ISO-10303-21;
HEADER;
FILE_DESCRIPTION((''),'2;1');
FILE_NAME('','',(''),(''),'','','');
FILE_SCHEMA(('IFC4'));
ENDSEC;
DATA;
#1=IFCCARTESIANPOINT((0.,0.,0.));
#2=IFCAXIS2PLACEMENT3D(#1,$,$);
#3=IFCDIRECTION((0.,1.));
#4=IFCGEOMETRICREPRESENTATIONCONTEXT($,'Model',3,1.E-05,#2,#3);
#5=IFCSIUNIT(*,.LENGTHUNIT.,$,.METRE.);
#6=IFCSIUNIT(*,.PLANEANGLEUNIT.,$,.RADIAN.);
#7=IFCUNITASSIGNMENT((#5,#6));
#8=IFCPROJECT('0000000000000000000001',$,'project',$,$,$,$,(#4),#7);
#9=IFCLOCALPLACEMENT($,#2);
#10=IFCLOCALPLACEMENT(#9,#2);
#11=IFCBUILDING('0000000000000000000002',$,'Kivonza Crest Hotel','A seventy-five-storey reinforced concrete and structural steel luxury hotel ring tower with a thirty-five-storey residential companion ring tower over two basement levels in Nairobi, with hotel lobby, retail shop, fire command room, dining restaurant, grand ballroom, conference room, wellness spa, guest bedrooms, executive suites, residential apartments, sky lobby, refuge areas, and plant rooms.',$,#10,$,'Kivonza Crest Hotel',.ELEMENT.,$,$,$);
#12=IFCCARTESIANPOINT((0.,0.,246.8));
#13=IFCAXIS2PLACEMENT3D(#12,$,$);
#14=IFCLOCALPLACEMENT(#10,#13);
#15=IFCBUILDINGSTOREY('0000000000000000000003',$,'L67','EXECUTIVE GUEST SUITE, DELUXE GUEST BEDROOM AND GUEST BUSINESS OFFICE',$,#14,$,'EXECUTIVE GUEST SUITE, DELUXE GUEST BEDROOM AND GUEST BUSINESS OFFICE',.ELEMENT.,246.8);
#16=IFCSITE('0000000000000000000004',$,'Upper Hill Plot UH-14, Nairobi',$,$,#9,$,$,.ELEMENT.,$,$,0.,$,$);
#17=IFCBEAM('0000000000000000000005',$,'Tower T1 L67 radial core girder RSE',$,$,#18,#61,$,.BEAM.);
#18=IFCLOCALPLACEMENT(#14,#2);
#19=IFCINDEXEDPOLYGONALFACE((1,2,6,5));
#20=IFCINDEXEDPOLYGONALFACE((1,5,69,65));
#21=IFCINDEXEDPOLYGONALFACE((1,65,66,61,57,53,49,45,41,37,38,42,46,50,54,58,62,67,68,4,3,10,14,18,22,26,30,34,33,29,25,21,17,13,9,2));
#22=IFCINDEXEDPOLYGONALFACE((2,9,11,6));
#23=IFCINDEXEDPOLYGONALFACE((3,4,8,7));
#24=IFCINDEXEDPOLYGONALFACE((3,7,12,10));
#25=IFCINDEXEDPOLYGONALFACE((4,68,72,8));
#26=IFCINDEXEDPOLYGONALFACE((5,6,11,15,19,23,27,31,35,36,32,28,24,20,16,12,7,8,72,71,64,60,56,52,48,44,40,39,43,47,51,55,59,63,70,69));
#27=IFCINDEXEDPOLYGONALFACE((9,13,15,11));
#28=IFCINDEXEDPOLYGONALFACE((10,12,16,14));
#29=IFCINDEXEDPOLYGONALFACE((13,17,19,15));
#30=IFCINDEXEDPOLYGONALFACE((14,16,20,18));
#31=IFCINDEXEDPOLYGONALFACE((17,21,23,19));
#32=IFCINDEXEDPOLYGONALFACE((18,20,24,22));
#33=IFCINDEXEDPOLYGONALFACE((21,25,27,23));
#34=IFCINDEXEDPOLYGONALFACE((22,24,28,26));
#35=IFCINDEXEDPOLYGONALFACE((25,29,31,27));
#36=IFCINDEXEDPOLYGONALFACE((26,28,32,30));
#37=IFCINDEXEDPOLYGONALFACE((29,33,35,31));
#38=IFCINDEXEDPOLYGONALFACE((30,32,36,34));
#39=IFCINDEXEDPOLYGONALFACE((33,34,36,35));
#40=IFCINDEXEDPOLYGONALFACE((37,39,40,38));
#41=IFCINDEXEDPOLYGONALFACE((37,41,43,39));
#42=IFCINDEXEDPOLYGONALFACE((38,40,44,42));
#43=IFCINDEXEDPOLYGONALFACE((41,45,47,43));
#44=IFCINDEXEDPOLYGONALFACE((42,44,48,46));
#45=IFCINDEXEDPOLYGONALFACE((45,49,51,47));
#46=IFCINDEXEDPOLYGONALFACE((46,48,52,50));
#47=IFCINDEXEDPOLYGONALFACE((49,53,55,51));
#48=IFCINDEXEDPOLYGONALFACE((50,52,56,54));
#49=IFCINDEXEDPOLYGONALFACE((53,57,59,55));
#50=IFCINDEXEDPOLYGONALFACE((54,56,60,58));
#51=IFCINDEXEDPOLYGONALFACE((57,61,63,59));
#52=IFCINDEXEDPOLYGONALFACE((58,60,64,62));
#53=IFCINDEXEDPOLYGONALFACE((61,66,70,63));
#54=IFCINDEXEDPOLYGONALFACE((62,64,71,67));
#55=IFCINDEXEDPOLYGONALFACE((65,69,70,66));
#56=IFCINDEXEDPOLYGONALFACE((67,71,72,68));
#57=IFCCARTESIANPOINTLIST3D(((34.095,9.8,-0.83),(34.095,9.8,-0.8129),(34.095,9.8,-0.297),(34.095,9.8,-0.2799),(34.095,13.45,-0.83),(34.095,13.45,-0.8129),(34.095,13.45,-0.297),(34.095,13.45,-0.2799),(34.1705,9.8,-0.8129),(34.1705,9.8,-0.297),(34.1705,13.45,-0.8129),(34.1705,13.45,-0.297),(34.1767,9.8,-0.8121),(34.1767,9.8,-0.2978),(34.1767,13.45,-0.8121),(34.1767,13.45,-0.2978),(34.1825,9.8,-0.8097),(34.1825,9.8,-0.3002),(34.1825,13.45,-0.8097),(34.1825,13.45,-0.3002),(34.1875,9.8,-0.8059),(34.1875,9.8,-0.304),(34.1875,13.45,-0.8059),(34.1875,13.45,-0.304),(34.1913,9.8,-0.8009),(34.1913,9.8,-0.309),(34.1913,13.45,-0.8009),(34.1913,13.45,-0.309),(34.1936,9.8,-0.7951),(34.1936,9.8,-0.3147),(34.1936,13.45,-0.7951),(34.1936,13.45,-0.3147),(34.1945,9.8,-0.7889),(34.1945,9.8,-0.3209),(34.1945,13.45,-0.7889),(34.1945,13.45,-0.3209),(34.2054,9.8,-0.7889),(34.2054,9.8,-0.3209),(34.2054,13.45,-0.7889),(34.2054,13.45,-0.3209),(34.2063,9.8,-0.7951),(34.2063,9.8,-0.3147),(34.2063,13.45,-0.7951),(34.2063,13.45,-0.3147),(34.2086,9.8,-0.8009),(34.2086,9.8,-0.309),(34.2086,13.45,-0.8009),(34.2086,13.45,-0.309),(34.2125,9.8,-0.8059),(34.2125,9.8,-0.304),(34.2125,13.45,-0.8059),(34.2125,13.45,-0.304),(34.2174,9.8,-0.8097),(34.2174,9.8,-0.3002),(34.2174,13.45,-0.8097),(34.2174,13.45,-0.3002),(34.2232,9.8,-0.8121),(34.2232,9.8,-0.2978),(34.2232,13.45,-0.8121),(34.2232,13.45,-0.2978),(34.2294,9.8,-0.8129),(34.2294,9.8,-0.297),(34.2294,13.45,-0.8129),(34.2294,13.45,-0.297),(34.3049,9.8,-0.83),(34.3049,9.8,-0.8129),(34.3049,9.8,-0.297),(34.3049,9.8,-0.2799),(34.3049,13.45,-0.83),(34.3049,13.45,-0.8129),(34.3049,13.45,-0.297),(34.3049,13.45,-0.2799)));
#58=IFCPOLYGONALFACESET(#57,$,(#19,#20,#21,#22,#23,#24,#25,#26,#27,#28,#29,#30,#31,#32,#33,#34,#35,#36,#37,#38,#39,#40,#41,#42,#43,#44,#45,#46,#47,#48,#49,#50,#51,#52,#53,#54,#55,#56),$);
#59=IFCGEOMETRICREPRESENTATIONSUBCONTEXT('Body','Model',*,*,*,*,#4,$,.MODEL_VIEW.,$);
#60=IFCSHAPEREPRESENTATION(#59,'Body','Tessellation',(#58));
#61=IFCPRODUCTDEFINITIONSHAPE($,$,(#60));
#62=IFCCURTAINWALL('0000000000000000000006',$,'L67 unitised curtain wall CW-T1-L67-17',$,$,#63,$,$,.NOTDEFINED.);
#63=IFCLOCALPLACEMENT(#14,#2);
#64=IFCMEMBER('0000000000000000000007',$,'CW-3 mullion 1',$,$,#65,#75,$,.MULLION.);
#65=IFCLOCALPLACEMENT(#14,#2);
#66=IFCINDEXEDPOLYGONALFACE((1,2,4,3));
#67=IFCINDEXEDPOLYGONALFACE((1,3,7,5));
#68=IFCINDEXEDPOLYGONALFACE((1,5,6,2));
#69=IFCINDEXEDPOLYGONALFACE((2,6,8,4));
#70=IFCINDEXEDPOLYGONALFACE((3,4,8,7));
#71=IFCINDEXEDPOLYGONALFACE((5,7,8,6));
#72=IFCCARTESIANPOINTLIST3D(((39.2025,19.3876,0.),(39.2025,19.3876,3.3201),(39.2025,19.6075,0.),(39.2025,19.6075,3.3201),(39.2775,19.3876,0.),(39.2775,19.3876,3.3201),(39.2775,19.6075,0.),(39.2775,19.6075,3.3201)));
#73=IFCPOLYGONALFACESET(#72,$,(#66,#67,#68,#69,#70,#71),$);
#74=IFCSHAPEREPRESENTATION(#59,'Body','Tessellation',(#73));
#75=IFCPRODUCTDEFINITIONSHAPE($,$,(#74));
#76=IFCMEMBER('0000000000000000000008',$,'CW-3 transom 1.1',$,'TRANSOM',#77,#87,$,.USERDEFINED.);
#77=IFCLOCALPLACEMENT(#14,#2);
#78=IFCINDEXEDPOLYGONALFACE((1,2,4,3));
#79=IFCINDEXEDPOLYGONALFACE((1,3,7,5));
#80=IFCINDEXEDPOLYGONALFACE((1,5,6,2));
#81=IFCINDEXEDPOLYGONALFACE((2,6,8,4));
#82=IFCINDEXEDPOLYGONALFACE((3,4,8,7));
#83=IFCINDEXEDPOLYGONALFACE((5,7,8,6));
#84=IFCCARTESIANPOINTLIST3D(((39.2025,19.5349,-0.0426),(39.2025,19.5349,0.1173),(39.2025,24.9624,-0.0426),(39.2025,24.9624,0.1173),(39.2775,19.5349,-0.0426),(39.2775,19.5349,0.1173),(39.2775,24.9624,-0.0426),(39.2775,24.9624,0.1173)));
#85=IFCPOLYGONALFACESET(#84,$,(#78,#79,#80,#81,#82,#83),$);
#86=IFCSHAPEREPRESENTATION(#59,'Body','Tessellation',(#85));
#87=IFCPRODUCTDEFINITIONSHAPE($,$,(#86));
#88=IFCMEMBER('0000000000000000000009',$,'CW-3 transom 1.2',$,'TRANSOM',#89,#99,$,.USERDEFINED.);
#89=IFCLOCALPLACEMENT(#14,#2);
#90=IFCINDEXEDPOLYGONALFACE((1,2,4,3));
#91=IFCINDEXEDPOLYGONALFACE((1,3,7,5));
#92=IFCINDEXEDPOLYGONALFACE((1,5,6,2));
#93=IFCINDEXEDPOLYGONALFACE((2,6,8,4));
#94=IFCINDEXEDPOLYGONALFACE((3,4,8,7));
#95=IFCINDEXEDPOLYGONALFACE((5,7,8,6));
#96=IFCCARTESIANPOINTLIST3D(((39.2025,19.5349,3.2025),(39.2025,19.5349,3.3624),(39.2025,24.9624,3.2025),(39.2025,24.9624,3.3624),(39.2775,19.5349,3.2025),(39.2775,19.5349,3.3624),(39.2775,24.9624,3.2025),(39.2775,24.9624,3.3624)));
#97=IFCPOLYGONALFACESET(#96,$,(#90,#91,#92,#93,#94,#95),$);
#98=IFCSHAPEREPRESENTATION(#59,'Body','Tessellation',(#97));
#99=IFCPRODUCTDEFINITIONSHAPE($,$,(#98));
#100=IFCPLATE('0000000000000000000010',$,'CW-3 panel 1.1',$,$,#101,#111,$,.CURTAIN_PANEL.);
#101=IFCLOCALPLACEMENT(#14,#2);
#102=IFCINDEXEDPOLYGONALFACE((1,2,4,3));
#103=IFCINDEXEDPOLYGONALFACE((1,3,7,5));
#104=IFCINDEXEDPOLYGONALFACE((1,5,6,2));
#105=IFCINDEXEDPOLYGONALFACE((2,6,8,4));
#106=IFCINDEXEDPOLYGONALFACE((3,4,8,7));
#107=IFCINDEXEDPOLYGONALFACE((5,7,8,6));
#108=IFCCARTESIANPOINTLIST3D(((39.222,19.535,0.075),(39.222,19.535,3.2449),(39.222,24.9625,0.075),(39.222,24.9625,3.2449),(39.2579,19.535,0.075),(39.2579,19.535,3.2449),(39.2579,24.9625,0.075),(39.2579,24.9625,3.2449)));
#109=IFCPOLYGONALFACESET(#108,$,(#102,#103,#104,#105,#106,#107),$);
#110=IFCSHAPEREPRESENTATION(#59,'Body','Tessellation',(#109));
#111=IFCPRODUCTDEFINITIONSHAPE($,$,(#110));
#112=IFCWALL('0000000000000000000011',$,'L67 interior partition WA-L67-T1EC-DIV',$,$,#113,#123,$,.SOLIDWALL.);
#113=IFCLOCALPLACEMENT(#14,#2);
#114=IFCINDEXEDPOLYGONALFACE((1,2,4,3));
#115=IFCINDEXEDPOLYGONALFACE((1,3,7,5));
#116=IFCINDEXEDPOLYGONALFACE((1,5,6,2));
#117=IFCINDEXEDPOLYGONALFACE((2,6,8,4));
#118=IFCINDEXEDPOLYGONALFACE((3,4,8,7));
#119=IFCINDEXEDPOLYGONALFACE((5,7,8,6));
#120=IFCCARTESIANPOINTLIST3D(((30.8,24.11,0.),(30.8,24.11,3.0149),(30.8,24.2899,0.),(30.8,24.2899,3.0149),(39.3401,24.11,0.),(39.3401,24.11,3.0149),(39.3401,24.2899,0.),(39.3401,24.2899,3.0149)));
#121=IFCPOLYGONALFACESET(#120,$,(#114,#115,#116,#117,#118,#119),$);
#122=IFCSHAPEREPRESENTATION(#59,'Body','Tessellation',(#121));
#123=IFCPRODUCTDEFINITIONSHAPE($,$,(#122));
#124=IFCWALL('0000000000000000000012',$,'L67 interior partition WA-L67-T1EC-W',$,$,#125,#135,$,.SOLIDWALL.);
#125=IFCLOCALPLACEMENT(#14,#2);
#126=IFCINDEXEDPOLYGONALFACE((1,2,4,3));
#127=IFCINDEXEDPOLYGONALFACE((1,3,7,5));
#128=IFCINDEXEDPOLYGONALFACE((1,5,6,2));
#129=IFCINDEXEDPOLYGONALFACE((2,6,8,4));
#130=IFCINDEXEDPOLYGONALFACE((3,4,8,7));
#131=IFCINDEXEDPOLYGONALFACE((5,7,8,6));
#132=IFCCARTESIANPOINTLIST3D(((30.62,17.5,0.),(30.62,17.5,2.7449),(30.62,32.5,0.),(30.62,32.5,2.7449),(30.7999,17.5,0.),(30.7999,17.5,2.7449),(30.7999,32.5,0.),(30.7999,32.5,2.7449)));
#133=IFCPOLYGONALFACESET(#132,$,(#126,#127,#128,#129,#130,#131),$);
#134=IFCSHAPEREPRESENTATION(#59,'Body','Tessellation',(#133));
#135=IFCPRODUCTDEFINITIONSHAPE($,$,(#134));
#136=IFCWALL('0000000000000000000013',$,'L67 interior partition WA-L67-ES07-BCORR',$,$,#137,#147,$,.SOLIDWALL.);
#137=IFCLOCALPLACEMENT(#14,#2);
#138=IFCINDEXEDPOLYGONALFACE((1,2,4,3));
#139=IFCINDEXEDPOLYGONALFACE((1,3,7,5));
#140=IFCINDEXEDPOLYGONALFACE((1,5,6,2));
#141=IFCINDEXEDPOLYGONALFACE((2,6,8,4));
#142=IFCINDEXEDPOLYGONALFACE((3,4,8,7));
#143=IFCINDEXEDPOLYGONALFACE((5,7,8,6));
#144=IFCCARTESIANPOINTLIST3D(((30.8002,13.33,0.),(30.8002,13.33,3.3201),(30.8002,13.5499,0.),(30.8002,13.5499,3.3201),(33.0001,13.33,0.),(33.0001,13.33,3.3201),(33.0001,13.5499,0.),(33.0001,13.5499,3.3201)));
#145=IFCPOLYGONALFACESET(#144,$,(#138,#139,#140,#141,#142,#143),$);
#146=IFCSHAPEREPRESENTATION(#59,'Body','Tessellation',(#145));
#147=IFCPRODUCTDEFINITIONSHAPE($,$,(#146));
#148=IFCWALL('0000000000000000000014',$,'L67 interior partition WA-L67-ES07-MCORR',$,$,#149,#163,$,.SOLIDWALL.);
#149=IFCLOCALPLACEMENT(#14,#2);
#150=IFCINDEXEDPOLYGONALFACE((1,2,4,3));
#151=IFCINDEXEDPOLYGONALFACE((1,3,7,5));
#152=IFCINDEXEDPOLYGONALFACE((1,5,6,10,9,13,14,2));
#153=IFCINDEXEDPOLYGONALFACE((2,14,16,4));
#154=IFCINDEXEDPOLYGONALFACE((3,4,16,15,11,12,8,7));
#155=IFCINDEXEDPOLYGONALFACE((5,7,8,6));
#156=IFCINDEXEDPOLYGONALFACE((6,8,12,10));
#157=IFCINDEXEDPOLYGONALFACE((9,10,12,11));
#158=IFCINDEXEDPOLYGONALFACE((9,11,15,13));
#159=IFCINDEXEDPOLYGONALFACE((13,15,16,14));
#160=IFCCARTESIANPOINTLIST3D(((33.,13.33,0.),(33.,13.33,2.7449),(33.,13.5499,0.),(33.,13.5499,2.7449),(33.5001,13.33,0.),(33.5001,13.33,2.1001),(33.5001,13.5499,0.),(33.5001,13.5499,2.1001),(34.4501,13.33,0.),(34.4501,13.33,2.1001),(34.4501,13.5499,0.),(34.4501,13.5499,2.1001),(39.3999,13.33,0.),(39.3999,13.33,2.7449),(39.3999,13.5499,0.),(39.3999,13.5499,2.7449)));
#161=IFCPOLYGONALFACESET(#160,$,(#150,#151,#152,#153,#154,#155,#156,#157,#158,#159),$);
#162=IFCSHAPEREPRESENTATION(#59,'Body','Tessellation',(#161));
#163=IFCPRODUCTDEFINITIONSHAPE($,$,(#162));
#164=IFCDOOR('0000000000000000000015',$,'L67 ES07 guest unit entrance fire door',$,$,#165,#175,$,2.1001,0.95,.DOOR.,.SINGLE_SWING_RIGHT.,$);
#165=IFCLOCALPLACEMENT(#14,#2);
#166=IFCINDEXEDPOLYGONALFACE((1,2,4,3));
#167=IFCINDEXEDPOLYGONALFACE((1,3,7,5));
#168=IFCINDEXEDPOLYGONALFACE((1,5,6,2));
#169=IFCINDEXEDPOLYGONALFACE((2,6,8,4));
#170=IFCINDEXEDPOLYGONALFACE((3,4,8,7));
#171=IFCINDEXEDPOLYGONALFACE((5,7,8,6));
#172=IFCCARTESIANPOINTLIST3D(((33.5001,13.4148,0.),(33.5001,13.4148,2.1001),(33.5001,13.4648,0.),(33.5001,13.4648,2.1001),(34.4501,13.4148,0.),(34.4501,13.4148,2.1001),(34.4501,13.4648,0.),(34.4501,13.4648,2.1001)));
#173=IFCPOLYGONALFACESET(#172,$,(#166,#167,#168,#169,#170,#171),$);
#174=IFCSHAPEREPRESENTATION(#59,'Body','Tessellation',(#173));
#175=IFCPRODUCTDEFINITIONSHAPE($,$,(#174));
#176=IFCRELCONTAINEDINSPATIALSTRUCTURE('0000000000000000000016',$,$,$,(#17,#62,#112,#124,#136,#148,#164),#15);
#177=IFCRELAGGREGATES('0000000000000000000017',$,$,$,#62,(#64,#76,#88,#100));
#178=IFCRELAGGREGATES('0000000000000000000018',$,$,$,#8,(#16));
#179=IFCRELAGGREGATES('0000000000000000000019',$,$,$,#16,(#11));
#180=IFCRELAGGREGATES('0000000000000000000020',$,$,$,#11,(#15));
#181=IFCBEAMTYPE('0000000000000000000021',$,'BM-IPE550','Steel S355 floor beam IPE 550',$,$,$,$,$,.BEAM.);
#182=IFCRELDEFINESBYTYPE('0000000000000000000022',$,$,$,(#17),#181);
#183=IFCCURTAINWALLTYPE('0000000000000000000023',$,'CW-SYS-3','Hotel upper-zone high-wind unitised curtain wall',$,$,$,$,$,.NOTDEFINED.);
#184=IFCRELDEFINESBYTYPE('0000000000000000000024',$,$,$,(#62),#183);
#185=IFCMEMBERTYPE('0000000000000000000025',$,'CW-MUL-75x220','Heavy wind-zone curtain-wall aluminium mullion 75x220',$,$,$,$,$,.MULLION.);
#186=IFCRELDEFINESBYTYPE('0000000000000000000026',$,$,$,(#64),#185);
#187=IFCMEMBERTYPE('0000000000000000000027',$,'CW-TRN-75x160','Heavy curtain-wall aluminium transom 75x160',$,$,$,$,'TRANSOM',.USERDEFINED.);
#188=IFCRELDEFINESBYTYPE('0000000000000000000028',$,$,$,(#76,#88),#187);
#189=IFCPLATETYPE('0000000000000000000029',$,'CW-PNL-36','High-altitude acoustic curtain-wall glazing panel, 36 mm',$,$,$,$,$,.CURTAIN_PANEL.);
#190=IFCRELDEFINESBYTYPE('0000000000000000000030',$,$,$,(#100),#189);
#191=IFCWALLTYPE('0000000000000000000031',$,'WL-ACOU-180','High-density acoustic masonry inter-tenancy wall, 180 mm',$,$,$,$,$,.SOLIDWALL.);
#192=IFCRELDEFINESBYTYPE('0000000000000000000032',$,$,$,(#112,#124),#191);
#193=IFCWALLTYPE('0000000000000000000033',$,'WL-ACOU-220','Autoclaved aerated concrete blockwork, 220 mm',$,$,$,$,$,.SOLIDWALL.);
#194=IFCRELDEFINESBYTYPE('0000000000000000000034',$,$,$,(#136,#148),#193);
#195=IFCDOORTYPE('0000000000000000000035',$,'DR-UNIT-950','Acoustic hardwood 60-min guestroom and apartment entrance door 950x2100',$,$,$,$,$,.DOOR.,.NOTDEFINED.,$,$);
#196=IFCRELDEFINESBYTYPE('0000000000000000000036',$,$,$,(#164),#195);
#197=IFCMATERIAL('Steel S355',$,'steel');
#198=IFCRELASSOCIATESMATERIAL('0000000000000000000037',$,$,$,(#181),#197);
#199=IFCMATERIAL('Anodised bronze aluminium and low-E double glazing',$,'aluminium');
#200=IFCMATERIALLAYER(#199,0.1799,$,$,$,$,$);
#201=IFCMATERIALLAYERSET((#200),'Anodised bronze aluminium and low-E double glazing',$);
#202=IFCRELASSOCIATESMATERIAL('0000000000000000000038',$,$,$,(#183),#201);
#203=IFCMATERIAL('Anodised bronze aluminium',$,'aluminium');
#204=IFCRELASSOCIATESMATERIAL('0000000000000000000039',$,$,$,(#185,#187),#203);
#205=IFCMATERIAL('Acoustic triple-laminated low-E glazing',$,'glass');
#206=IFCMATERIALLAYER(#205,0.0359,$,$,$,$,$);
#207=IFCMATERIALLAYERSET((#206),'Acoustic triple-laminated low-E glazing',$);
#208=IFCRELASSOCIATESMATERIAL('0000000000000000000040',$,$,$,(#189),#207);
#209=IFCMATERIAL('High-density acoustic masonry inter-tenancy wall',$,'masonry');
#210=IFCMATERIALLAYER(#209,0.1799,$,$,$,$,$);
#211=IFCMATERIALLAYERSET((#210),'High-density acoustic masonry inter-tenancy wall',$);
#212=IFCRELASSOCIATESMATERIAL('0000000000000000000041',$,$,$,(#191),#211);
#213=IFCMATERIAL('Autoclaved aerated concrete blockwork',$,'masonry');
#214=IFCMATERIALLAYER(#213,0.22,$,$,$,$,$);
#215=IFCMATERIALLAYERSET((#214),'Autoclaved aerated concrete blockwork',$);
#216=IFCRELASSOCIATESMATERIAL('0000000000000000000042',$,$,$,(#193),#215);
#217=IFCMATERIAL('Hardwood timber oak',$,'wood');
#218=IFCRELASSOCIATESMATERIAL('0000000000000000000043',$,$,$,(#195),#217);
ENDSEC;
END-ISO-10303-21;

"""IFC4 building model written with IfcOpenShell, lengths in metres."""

from ifc_helpers import new_model, si_unit, direction, frame, frame_2d, origin, origin_2d, place, context, subcontext, project, spatial, rectangle, i_section, extrude, material, layer, layer_set, material_profile, profile_set, type_object, element, fill, aggregate, save


model = new_model("IFC4")

# Units and contexts
model_context = context("Model", 3, precision=1e-05, world=origin(), true_north=direction((0.0, 1.0)))
body_context = subcontext(model_context, "Body", "Model", "MODEL_VIEW")
ifc_project = project(units=[si_unit("LENGTHUNIT", "METRE"), si_unit("PLANEANGLEUNIT", "RADIAN")], contexts=[model_context])

# Site, building, storey
site_placement = place(None, origin())
site = spatial("IfcSite", under=ifc_project, at=site_placement, Name="Upper Hill Plot UH-14, Nairobi", CompositionType="ELEMENT", RefElevation=0.0)
building_placement = place(site_placement, origin())
building = spatial("IfcBuilding", under=site, at=building_placement, Name="Kivonza Crest Hotel", Description="A seventy-five-storey reinforced concrete and structural steel luxury hotel ring tower with a thirty-five-storey residential companion ring tower over two basement levels in Nairobi, with hotel lobby, retail shop, fire command room, dining restaurant, grand ballroom, conference room, wellness spa, guest bedrooms, executive suites, residential apartments, sky lobby, refuge areas, and plant rooms.", LongName="Kivonza Crest Hotel", CompositionType="ELEMENT")
storey_placement = place(building_placement, frame((0.0, 0.0, 246.8)))
storey = spatial("IfcBuildingStorey", under=building, at=storey_placement, Name="L67", Description="EXECUTIVE GUEST SUITE, DELUXE GUEST BEDROOM AND GUEST BUSINESS OFFICE", LongName="EXECUTIVE GUEST SUITE, DELUXE GUEST BEDROOM AND GUEST BUSINESS OFFICE", CompositionType="ELEMENT", Elevation=246.8)

# Beam
ifc_material_1 = material(Name="Steel S355", Category="steel")
ifc_material_profile_1 = material_profile(ifc_material_1, i_section(OverallWidth=0.21, OverallDepth=0.55, WebThickness=0.011, FlangeThickness=0.0171, FilletRadius=0.0239, at=origin_2d()), Name="IPE 550")
ifc_profile_set_1 = profile_set([ifc_material_profile_1], Name="Steel S355")
beam_type_1 = type_object("IfcBeamType", Name="BM-IPE550", Description="Steel S355 floor beam IPE 550", PredefinedType="BEAM", material=ifc_profile_set_1)
beam_1_placement = place(storey_placement, frame((34.2, 9.8, -0.5549), z_axis=(0.0, 1.0, 0.0), x_axis=(-1.0, 0.0, 0.0)))
element("IfcBeam", 1, at=beam_1_placement, inside=storey, type_object=beam_type_1, Name="Tower T1 L67 radial core girder RSE", PredefinedType="BEAM", context=body_context, shape_type="SweptSolid", body=[
    extrude(i_section(OverallWidth=0.21, OverallDepth=0.55, WebThickness=0.011, FlangeThickness=0.0171, FilletRadius=0.0239, at=origin_2d()), origin(), (0.0, 0.0, 1.0), 3.6499),
])

# Curtain wall, members, plate
ifc_material_2 = material(Name="Anodised bronze aluminium and low-E double glazing", Category="aluminium")
ifc_layer_1 = layer(ifc_material_2, 0.1799)
ifc_layer_set_1 = layer_set([ifc_layer_1], Name="Anodised bronze aluminium and low-E double glazing")
curtain_wall_type = type_object("IfcCurtainWallType", Name="CW-SYS-3", Description="Hotel upper-zone high-wind unitised curtain wall", PredefinedType="NOTDEFINED", material=ifc_layer_set_1)
curtain_wall_placement = place(storey_placement, origin())
curtain_wall = element("IfcCurtainWall", 2, at=curtain_wall_placement, inside=storey, type_object=curtain_wall_type, Name="L67 unitised curtain wall CW-T1-L67-17", PredefinedType="NOTDEFINED")
ifc_material_3 = material(Name="Anodised bronze aluminium", Category="aluminium")
ifc_material_profile_2 = material_profile(ifc_material_3, rectangle(XDim=0.075, YDim=0.22, at=origin_2d()), Name="CW-M 75x220")
ifc_profile_set_2 = profile_set([ifc_material_profile_2], Name="Anodised bronze aluminium")
member_type_1 = type_object("IfcMemberType", Name="CW-MUL-75x220", Description="Heavy wind-zone curtain-wall aluminium mullion 75x220", PredefinedType="MULLION", material=ifc_profile_set_2)
member_1_placement = place(storey_placement, frame((39.24, 19.4976, 0.0), z_axis=(0.0, 0.0, 1.0), x_axis=(-1.0, 0.0, 0.0)))
member_1 = element("IfcMember", 3, at=member_1_placement, type_object=member_type_1, Name="CW-3 mullion 1", PredefinedType="MULLION", context=body_context, shape_type="SweptSolid", body=[
    extrude(rectangle(XDim=0.075, YDim=0.22, at=origin_2d()), origin(), (0.0, 0.0, 1.0), 3.3201),
])
ifc_material_profile_3 = material_profile(ifc_material_3, rectangle(XDim=0.075, YDim=0.1599, at=origin_2d()), Name="CW-T 75x160")
ifc_profile_set_3 = profile_set([ifc_material_profile_3], Name="Anodised bronze aluminium")
member_type_2 = type_object("IfcMemberType", Name="CW-TRN-75x160", Description="Heavy curtain-wall aluminium transom 75x160", ElementType="TRANSOM", PredefinedType="USERDEFINED", material=ifc_profile_set_3)
member_2_placement = place(storey_placement, frame((39.24, 19.5349, 0.0374), z_axis=(0.0, 1.0, 0.0), x_axis=(-1.0, 0.0, 0.0)))
member_2 = element("IfcMember", 4, at=member_2_placement, type_object=member_type_2, Name="CW-3 transom 1.1", ObjectType="TRANSOM", PredefinedType="USERDEFINED", context=body_context, shape_type="SweptSolid", body=[
    extrude(rectangle(XDim=0.075, YDim=0.1599, at=origin_2d()), origin(), (0.0, 0.0, 1.0), 5.4275),
])
member_3_placement = place(storey_placement, frame((39.24, 19.5349, 3.2825), z_axis=(0.0, 1.0, 0.0), x_axis=(-1.0, 0.0, 0.0)))
member_3 = element("IfcMember", 5, at=member_3_placement, type_object=member_type_2, Name="CW-3 transom 1.2", ObjectType="TRANSOM", PredefinedType="USERDEFINED", context=body_context, shape_type="SweptSolid", body=[
    extrude(rectangle(XDim=0.075, YDim=0.1599, at=origin_2d()), origin(), (0.0, 0.0, 1.0), 5.4275),
])
ifc_material_4 = material(Name="Acoustic triple-laminated low-E glazing", Category="glass")
ifc_layer_2 = layer(ifc_material_4, 0.0359)
ifc_layer_set_2 = layer_set([ifc_layer_2], Name="Acoustic triple-laminated low-E glazing")
plate_type = type_object("IfcPlateType", Name="CW-PNL-36", Description="High-altitude acoustic curtain-wall glazing panel, 36 mm", PredefinedType="CURTAIN_PANEL", material=ifc_layer_set_2)
plate_placement = place(storey_placement, frame((39.24, 22.2488, 0.075), z_axis=(0.0, 0.0, 1.0), x_axis=(0.0, 1.0, 0.0)))
plate = element("IfcPlate", 6, at=plate_placement, type_object=plate_type, Name="CW-3 panel 1.1", PredefinedType="CURTAIN_PANEL", context=body_context, shape_type="SweptSolid", body=[
    extrude(rectangle(XDim=5.4275, YDim=0.0359, at=origin_2d()), origin(), (0.0, 0.0, 1.0), 3.1699),
])
aggregate(curtain_wall, [member_1, member_2, member_3, plate])

# Walls
ifc_material_5 = material(Name="High-density acoustic masonry inter-tenancy wall", Category="masonry")
ifc_layer_3 = layer(ifc_material_5, 0.1799)
ifc_layer_set_3 = layer_set([ifc_layer_3], Name="High-density acoustic masonry inter-tenancy wall")
wall_type_1 = type_object("IfcWallType", Name="WL-ACOU-180", Description="High-density acoustic masonry inter-tenancy wall, 180 mm", PredefinedType="SOLIDWALL", material=ifc_layer_set_3)
wall_1_placement = place(storey_placement, frame((30.8, 24.2, 0.0), z_axis=(0.0, 0.0, 1.0), x_axis=(1.0, 0.0, 0.0)))
element("IfcWall", 7, at=wall_1_placement, inside=storey, type_object=wall_type_1, Name="L67 interior partition WA-L67-T1EC-DIV", PredefinedType="SOLIDWALL", context=body_context, shape_type="SweptSolid", body=[
    extrude(rectangle(XDim=8.54, YDim=0.1799, at=frame_2d((4.27, 0.0))), origin(), (0.0, 0.0, 1.0), 3.0149),
])
wall_2_placement = place(storey_placement, frame((30.71, 17.5, 0.0), z_axis=(0.0, 0.0, 1.0), x_axis=(0.0, 1.0, 0.0)))
element("IfcWall", 8, at=wall_2_placement, inside=storey, type_object=wall_type_1, Name="L67 interior partition WA-L67-T1EC-W", PredefinedType="SOLIDWALL", context=body_context, shape_type="SweptSolid", body=[
    extrude(rectangle(XDim=15.0, YDim=0.1799, at=frame_2d((7.5, 0.0))), origin(), (0.0, 0.0, 1.0), 2.7449),
])
ifc_material_6 = material(Name="Autoclaved aerated concrete blockwork", Category="masonry")
ifc_layer_4 = layer(ifc_material_6, 0.22)
ifc_layer_set_4 = layer_set([ifc_layer_4], Name="Autoclaved aerated concrete blockwork")
wall_type_2 = type_object("IfcWallType", Name="WL-ACOU-220", Description="Autoclaved aerated concrete blockwork, 220 mm", PredefinedType="SOLIDWALL", material=ifc_layer_set_4)
wall_3_placement = place(storey_placement, frame((30.8, 13.4399, 0.0), z_axis=(0.0, 0.0, 1.0), x_axis=(1.0, 0.0, 0.0)))
element("IfcWall", 9, at=wall_3_placement, inside=storey, type_object=wall_type_2, Name="L67 interior partition WA-L67-ES07-BCORR", PredefinedType="SOLIDWALL", context=body_context, shape_type="SweptSolid", body=[
    extrude(rectangle(XDim=2.2, YDim=0.22, at=frame_2d((1.1001, 0.0))), origin(), (0.0, 0.0, 1.0), 3.3201),
])

# Wall, opening, door
wall_4_placement = place(storey_placement, frame((33.0, 13.4399, 0.0), z_axis=(0.0, 0.0, 1.0), x_axis=(1.0, 0.0, 0.0)))
wall_4 = element("IfcWall", 10, at=wall_4_placement, inside=storey, type_object=wall_type_2, Name="L67 interior partition WA-L67-ES07-MCORR", PredefinedType="SOLIDWALL", context=body_context, shape_type="SweptSolid", body=[
    extrude(rectangle(XDim=6.3999, YDim=0.22, at=frame_2d((3.2, 0.0))), origin(), (0.0, 0.0, 1.0), 2.7449),
])
opening_1_placement = place(wall_4_placement, frame((0.5, 0.0, 0.0)))
opening_1 = element("IfcOpeningElement", 11, at=opening_1_placement, cuts=wall_4, PredefinedType="OPENING", context=body_context, shape_type="SweptSolid", body=[
    extrude(rectangle(XDim=0.95, YDim=2.1001, at=frame_2d((0.4751, 1.05))), frame((0.0, 0.1201, 0.0), z_axis=(0.0, -1.0, 0.0), x_axis=(1.0, 0.0, 0.0)), (0.0, 0.0, 1.0), 0.24),
])
ifc_material_7 = material(Name="Hardwood timber oak", Category="wood")
door_type_1 = type_object("IfcDoorType", Name="DR-UNIT-950", Description="Acoustic hardwood 60-min guestroom and apartment entrance door 950x2100", OperationType="NOTDEFINED", PredefinedType="DOOR", material=ifc_material_7)
door_1_placement = place(opening_1_placement, origin())
door_1 = element("IfcDoor", 12, at=door_1_placement, inside=storey, type_object=door_type_1, Name="L67 ES07 guest unit entrance fire door", OperationType="SINGLE_SWING_RIGHT", OverallHeight=2.1001, OverallWidth=0.95, PredefinedType="DOOR", context=body_context, shape_type="SweptSolid", body=[
    extrude(rectangle(XDim=0.95, YDim=2.1001, at=frame_2d((0.4751, 1.05))), frame((0.0, 0.0249, 0.0), z_axis=(0.0, -1.0, 0.0), x_axis=(1.0, 0.0, 0.0)), (0.0, 0.0, 1.0), 0.05),
])
fill(opening_1, door_1)

save(model, "model.ifc")
